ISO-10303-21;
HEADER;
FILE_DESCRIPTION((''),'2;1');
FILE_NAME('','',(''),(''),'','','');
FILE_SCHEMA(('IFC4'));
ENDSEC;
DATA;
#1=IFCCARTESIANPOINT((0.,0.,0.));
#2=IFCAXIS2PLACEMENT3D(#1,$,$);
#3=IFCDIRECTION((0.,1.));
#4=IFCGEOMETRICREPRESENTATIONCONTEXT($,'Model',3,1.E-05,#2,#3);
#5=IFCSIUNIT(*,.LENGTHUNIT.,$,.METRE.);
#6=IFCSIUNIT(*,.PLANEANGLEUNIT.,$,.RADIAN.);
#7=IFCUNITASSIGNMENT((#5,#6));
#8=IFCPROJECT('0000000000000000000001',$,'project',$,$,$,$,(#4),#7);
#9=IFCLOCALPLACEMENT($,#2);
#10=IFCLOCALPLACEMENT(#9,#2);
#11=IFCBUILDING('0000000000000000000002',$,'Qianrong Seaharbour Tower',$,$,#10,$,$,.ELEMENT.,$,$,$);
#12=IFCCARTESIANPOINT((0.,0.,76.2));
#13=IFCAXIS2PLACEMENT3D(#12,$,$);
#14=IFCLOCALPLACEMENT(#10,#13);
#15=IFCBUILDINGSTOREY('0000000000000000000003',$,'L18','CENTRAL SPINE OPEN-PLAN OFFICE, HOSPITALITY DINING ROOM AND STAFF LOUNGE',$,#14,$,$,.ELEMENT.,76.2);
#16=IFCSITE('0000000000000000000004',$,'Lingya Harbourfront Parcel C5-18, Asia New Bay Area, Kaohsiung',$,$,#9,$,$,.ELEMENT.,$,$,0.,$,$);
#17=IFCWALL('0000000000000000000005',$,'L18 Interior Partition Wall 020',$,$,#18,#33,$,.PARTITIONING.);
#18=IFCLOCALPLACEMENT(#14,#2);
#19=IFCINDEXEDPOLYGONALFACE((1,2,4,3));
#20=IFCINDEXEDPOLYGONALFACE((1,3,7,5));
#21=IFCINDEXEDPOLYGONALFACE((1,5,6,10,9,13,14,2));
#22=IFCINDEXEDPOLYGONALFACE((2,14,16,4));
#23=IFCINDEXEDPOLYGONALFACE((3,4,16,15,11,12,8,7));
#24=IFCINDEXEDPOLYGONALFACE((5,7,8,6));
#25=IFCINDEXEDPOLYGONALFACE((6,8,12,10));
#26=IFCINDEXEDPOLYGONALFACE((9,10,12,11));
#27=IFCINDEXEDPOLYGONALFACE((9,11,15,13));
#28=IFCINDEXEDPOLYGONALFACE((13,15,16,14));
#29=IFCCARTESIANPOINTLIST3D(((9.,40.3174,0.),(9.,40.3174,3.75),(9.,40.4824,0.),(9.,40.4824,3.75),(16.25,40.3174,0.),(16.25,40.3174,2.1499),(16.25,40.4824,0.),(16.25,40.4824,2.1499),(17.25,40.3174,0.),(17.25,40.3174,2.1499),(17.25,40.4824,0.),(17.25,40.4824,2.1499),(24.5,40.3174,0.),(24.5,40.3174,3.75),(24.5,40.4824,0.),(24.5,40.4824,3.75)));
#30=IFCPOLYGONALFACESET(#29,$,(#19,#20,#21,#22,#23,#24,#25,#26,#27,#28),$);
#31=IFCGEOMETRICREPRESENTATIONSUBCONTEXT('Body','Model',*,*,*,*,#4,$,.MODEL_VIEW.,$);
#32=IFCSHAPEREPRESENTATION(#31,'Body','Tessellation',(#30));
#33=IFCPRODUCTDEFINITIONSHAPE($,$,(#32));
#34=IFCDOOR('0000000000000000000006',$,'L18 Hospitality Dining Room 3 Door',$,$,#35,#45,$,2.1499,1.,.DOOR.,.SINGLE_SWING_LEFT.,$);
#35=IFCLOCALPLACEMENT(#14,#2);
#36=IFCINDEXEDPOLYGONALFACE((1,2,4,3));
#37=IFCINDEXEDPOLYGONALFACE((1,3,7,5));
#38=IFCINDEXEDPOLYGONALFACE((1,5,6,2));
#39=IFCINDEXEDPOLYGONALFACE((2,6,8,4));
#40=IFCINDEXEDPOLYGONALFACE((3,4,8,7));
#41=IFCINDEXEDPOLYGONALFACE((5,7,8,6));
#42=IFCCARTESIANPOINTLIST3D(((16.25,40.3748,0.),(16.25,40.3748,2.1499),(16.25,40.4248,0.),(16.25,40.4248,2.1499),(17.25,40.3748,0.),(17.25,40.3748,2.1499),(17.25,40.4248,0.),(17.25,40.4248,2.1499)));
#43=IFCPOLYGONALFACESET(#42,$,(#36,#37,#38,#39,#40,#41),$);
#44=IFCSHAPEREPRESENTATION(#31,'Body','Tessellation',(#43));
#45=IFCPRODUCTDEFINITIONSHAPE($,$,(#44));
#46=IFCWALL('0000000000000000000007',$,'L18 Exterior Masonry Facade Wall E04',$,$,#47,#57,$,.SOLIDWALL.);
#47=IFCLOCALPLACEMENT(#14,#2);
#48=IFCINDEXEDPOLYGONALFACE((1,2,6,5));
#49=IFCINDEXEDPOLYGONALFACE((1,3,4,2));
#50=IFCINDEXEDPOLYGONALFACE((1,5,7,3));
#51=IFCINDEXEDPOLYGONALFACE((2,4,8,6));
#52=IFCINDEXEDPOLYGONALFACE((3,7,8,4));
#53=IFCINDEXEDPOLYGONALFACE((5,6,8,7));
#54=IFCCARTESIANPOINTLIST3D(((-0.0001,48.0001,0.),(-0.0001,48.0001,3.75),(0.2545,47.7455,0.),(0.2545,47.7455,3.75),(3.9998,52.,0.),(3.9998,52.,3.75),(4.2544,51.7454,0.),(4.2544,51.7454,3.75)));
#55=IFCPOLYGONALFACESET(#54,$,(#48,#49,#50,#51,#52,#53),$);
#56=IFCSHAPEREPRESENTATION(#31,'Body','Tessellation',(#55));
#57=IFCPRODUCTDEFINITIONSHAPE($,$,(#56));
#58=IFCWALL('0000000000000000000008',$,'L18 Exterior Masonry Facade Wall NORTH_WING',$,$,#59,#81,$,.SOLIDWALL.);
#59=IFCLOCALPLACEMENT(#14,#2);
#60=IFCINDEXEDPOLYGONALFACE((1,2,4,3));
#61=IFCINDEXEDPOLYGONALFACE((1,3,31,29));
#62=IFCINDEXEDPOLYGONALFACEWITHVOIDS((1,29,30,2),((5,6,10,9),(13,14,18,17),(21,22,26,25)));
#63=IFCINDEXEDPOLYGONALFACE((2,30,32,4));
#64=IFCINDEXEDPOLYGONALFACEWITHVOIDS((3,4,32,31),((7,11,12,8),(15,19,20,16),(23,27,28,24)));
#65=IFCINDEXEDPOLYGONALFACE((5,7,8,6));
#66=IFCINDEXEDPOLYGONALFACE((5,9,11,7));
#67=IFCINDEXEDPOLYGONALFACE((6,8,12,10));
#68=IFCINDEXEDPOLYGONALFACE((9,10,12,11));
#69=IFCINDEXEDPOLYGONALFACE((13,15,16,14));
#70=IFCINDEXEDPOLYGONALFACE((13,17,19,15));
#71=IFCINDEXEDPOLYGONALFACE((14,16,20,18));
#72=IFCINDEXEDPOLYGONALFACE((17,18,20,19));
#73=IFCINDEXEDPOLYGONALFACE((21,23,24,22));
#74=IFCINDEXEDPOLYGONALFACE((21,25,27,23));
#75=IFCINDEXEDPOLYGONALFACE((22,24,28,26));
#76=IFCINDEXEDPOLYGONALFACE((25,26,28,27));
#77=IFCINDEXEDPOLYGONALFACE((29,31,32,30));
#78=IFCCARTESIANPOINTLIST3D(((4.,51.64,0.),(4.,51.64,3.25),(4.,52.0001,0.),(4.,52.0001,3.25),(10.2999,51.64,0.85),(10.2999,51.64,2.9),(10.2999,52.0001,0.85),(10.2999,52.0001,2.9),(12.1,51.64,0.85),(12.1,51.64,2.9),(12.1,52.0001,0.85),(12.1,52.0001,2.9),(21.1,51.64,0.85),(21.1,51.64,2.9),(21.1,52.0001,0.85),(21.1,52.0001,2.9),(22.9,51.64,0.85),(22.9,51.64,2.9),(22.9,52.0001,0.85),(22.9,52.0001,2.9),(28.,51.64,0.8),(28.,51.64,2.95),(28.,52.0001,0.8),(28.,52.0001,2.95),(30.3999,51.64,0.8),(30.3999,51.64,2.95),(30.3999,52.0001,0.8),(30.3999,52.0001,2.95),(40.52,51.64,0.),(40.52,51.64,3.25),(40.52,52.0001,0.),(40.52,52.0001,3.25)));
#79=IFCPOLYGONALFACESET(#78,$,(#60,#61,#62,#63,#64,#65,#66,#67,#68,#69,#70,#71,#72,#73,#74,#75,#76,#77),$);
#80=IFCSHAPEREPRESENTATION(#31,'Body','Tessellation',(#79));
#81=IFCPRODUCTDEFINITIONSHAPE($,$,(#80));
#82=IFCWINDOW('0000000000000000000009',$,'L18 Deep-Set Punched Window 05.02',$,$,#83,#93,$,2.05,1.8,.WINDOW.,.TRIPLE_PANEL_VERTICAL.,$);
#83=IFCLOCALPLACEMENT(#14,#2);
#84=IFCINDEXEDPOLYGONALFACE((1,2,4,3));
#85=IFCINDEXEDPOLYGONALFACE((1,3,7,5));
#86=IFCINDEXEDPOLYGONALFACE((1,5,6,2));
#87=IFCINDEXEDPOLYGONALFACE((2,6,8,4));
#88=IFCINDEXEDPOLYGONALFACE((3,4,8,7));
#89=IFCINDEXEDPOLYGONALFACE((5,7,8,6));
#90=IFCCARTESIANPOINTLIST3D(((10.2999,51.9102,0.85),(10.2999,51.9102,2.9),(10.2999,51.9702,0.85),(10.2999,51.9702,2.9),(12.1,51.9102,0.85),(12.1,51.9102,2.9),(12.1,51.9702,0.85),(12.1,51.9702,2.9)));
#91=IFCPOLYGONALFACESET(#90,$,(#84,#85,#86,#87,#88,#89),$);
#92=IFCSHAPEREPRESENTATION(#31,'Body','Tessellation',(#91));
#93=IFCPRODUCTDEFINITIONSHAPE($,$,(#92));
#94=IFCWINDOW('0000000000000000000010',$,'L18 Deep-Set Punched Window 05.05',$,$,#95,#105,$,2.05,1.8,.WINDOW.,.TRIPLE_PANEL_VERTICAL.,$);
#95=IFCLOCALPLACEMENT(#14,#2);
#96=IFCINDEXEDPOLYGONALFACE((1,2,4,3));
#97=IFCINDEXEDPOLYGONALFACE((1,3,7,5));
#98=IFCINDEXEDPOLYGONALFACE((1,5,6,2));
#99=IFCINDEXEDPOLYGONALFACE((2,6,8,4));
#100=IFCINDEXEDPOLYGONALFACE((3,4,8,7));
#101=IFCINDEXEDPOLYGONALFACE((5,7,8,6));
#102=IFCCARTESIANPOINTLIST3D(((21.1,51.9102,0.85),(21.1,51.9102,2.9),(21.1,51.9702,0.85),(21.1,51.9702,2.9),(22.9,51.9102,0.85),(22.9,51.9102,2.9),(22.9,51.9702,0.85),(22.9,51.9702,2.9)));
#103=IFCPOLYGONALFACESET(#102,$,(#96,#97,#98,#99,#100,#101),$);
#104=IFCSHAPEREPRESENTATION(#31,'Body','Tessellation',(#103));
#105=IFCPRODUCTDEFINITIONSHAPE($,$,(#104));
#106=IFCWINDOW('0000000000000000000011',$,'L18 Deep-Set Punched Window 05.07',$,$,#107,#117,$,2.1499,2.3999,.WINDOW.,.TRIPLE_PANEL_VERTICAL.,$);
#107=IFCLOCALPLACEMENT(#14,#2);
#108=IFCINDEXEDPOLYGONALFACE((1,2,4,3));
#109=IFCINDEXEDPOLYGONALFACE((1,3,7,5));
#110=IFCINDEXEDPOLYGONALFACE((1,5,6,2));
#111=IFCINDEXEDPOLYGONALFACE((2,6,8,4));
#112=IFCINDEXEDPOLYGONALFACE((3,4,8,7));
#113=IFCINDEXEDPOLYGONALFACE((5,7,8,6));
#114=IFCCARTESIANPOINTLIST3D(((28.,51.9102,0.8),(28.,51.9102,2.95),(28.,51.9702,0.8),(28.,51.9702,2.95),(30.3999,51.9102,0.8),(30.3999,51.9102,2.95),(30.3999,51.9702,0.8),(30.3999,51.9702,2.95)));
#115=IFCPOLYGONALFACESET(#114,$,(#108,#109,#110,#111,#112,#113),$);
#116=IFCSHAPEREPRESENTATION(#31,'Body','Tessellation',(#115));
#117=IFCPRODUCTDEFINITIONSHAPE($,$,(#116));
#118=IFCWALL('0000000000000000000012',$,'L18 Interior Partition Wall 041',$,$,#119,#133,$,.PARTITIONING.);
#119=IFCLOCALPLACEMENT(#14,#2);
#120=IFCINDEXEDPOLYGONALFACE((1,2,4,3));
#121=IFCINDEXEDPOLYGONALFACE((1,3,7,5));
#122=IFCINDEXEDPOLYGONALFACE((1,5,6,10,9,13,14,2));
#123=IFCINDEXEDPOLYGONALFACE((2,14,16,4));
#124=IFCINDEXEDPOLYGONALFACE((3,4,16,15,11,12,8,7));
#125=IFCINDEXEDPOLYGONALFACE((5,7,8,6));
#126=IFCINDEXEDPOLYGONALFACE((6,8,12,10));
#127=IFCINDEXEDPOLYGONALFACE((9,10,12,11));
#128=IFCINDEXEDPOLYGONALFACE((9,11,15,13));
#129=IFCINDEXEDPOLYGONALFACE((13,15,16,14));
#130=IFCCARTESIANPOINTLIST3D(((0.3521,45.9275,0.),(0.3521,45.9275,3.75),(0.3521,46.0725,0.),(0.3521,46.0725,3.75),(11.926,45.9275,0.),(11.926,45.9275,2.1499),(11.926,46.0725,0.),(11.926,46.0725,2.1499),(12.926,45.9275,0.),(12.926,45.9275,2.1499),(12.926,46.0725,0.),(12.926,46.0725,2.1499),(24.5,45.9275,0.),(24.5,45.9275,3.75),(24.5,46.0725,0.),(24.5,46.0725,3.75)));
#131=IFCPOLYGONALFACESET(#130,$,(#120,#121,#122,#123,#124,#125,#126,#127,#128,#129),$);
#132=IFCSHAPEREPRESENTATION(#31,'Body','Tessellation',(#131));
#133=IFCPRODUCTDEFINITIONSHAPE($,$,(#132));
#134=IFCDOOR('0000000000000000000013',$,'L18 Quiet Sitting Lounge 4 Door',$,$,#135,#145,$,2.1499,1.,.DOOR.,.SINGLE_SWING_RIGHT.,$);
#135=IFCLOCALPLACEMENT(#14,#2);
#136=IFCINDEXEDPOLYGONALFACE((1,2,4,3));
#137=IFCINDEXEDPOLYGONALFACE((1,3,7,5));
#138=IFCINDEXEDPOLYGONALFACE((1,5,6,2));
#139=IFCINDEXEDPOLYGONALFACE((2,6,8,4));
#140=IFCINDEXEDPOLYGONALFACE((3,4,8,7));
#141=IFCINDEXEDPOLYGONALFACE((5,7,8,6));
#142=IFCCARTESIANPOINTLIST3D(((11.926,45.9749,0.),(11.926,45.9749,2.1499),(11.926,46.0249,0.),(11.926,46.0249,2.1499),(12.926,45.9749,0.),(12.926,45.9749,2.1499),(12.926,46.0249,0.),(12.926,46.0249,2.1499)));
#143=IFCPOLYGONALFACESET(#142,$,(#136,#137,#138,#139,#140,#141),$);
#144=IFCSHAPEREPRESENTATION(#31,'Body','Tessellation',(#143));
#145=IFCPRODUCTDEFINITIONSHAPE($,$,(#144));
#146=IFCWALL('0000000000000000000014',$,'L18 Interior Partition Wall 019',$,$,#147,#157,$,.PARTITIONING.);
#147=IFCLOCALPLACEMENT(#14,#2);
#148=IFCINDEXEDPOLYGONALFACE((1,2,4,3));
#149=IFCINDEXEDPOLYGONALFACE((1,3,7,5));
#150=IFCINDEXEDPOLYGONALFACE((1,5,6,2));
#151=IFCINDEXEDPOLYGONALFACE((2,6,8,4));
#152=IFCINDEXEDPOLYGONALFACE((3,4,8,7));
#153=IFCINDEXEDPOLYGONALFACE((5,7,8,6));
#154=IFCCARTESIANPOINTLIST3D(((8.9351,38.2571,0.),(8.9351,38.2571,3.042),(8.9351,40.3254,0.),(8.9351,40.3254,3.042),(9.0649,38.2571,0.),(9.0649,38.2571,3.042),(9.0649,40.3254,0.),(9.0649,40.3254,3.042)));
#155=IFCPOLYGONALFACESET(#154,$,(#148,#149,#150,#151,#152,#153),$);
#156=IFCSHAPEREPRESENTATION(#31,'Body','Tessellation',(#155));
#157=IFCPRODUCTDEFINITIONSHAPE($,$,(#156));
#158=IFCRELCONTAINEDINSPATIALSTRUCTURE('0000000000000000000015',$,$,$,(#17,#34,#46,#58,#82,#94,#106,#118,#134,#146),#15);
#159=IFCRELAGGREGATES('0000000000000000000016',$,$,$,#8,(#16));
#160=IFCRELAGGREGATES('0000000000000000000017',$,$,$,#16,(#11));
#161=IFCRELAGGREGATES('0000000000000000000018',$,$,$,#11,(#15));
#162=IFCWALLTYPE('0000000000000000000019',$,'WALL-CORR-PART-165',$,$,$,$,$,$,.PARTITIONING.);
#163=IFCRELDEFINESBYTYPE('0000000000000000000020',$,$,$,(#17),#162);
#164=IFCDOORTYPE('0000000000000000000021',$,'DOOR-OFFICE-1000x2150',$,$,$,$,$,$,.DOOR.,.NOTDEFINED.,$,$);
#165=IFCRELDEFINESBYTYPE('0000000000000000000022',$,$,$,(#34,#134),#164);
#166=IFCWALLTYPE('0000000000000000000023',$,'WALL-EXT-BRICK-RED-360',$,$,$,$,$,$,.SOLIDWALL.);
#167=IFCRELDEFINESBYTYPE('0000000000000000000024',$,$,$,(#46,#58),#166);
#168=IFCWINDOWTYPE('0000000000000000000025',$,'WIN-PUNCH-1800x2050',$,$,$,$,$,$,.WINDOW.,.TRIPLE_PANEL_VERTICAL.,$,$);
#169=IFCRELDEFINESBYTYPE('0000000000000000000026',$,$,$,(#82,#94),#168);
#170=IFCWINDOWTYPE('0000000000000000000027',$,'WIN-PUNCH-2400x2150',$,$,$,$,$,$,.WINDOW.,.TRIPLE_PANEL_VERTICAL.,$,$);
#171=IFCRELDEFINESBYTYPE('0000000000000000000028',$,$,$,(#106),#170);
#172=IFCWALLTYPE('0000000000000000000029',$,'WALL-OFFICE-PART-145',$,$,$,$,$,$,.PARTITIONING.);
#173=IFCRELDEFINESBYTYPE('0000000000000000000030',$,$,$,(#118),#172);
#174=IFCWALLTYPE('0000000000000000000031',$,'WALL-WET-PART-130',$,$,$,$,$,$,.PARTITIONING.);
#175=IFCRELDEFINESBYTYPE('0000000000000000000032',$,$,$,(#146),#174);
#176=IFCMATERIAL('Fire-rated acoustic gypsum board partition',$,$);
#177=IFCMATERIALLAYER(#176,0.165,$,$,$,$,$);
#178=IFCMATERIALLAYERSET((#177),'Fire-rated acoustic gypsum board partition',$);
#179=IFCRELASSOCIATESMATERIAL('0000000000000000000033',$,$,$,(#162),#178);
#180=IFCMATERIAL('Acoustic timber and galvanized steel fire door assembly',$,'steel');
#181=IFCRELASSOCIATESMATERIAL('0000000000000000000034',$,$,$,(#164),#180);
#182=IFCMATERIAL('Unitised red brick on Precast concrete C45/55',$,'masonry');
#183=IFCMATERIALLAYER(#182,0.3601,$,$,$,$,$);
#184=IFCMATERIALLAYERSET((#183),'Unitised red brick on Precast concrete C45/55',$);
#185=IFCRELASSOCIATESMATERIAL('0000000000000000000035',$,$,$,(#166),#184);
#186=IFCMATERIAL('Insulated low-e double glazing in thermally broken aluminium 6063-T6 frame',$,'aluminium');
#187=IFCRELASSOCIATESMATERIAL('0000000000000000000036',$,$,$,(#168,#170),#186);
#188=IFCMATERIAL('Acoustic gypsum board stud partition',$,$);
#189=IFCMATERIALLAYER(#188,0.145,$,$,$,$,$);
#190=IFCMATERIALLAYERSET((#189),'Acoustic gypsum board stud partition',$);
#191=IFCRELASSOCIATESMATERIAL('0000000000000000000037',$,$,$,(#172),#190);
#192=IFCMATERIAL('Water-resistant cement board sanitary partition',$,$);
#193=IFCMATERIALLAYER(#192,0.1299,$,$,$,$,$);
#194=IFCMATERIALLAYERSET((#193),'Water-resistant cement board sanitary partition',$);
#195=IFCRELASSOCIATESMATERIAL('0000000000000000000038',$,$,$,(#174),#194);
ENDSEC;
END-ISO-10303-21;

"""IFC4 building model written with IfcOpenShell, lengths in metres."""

from ifc_helpers import new_model, si_unit, direction, frame, frame_2d, origin, place, context, subcontext, project, spatial, rectangle, extrude, material, layer, layer_set, type_object, element, fill, save


model = new_model("IFC4")

# Units and contexts
model_context = context("Model", 3, precision=1e-05, world=origin(), true_north=direction((0.0, 1.0)))
body_context = subcontext(model_context, "Body", "Model", "MODEL_VIEW")
ifc_project = project(units=[si_unit("LENGTHUNIT", "METRE"), si_unit("PLANEANGLEUNIT", "RADIAN")], contexts=[model_context])

# Site, building, storey
site_placement = place(None, origin())
site = spatial("IfcSite", under=ifc_project, at=site_placement, Name="Lingya Harbourfront Parcel C5-18, Asia New Bay Area, Kaohsiung", CompositionType="ELEMENT", RefElevation=0.0)
building_placement = place(site_placement, origin())
building = spatial("IfcBuilding", under=site, at=building_placement, Name="Qianrong Seaharbour Tower", CompositionType="ELEMENT")
storey_placement = place(building_placement, frame((0.0, 0.0, 76.2)))
storey = spatial("IfcBuildingStorey", under=building, at=storey_placement, Name="L18", Description="CENTRAL SPINE OPEN-PLAN OFFICE, HOSPITALITY DINING ROOM AND STAFF LOUNGE", CompositionType="ELEMENT", Elevation=76.2)

# Wall, opening, door
ifc_material_1 = material(Name="Fire-rated acoustic gypsum board partition")
ifc_layer_1 = layer(ifc_material_1, 0.165)
ifc_layer_set_1 = layer_set([ifc_layer_1], Name="Fire-rated acoustic gypsum board partition")
wall_type_1 = type_object("IfcWallType", Name="WALL-CORR-PART-165", PredefinedType="PARTITIONING", material=ifc_layer_set_1)
wall_1_placement = place(storey_placement, frame((9.0, 40.3999, 0.0), z_axis=(0.0, 0.0, 1.0), x_axis=(1.0, 0.0, 0.0)))
wall_1 = element("IfcWall", 1, at=wall_1_placement, inside=storey, type_object=wall_type_1, Name="L18 Interior Partition Wall 020", PredefinedType="PARTITIONING", context=body_context, shape_type="SweptSolid", body=[
    extrude(rectangle(XDim=15.5, YDim=0.165, at=frame_2d((7.75, 0.0))), origin(), (0.0, 0.0, 1.0), 3.75),
])
opening_1_placement = place(wall_1_placement, frame((7.25, 0.0, 0.0)))
opening_1 = element("IfcOpeningElement", 2, at=opening_1_placement, cuts=wall_1, PredefinedType="OPENING", context=body_context, shape_type="SweptSolid", body=[
    extrude(rectangle(XDim=1.0, YDim=2.1499, at=frame_2d((0.5, 1.075))), frame((0.0, 0.0925, 0.0), z_axis=(0.0, -1.0, 0.0), x_axis=(1.0, 0.0, 0.0)), (0.0, 0.0, 1.0), 0.1851),
])
ifc_material_2 = material(Name="Acoustic timber and galvanized steel fire door assembly", Category="steel")
door_type = type_object("IfcDoorType", Name="DOOR-OFFICE-1000x2150", OperationType="NOTDEFINED", PredefinedType="DOOR", material=ifc_material_2)
door_1_placement = place(opening_1_placement, origin())
door_1 = element("IfcDoor", 3, at=door_1_placement, inside=storey, type_object=door_type, Name="L18 Hospitality Dining Room 3 Door", OperationType="SINGLE_SWING_LEFT", OverallHeight=2.1499, OverallWidth=1.0, PredefinedType="DOOR", context=body_context, shape_type="SweptSolid", body=[
    extrude(rectangle(XDim=1.0, YDim=2.1499, at=frame_2d((0.5, 1.075))), frame((0.0, 0.0249, 0.0), z_axis=(0.0, -1.0, 0.0), x_axis=(1.0, 0.0, 0.0)), (0.0, 0.0, 1.0), 0.05),
])
fill(opening_1, door_1)

# Wall
ifc_material_3 = material(Name="Unitised red brick on Precast concrete C45/55", Category="masonry")
ifc_layer_2 = layer(ifc_material_3, 0.3601)
ifc_layer_set_2 = layer_set([ifc_layer_2], Name="Unitised red brick on Precast concrete C45/55")
wall_type_2 = type_object("IfcWallType", Name="WALL-EXT-BRICK-RED-360", PredefinedType="SOLIDWALL", material=ifc_layer_set_2)
wall_2_placement = place(storey_placement, frame((0.1272, 47.8728, 0.0), z_axis=(0.0, 0.0, 1.0), x_axis=(0.707107, 0.707107, 0.0)))
element("IfcWall", 4, at=wall_2_placement, inside=storey, type_object=wall_type_2, Name="L18 Exterior Masonry Facade Wall E04", PredefinedType="SOLIDWALL", context=body_context, shape_type="SweptSolid", body=[
    extrude(rectangle(XDim=5.6567, YDim=0.3601, at=frame_2d((2.8284, 0.0))), origin(), (0.0, 0.0, 1.0), 3.75),
])

# Wall, openings, windows
wall_3_placement = place(storey_placement, frame((4.0, 51.8201, 0.0), z_axis=(0.0, 0.0, 1.0), x_axis=(1.0, 0.0, 0.0)))
wall_3 = element("IfcWall", 5, at=wall_3_placement, inside=storey, type_object=wall_type_2, Name="L18 Exterior Masonry Facade Wall NORTH_WING", PredefinedType="SOLIDWALL", context=body_context, shape_type="SweptSolid", body=[
    extrude(rectangle(XDim=36.52, YDim=0.3601, at=frame_2d((18.26, 0.0))), origin(), (0.0, 0.0, 1.0), 3.25),
])
opening_2_placement = place(wall_3_placement, frame((6.3, 0.0, 0.8501)))
opening_2 = element("IfcOpeningElement", 6, at=opening_2_placement, cuts=wall_3, PredefinedType="OPENING", context=body_context, shape_type="SweptSolid", body=[
    extrude(rectangle(XDim=1.8, YDim=2.05, at=frame_2d((0.8999, 1.0249))), frame((0.0, 0.1899, 0.0), z_axis=(0.0, -1.0, 0.0), x_axis=(1.0, 0.0, 0.0)), (0.0, 0.0, 1.0), 0.3801),
])
opening_3_placement = place(wall_3_placement, frame((17.1001, 0.0, 0.8501)))
opening_3 = element("IfcOpeningElement", 7, at=opening_3_placement, cuts=wall_3, PredefinedType="OPENING", context=body_context, shape_type="SweptSolid", body=[
    extrude(rectangle(XDim=1.8, YDim=2.05, at=frame_2d((0.8999, 1.0249))), frame((0.0, 0.1899, 0.0), z_axis=(0.0, -1.0, 0.0), x_axis=(1.0, 0.0, 0.0)), (0.0, 0.0, 1.0), 0.3801),
])
opening_4_placement = place(wall_3_placement, frame((24.0, 0.0, 0.8)))
opening_4 = element("IfcOpeningElement", 8, at=opening_4_placement, cuts=wall_3, PredefinedType="OPENING", context=body_context, shape_type="SweptSolid", body=[
    extrude(rectangle(XDim=2.3999, YDim=2.1499, at=frame_2d((1.2, 1.075))), frame((0.0, 0.1899, 0.0), z_axis=(0.0, -1.0, 0.0), x_axis=(1.0, 0.0, 0.0)), (0.0, 0.0, 1.0), 0.3801),
])
ifc_material_4 = material(Name="Insulated low-e double glazing in thermally broken aluminium 6063-T6 frame", Category="aluminium")
window_type_1 = type_object("IfcWindowType", Name="WIN-PUNCH-1800x2050", PartitioningType="TRIPLE_PANEL_VERTICAL", PredefinedType="WINDOW", material=ifc_material_4)
window_1_placement = place(opening_2_placement, origin())
window_1 = element("IfcWindow", 9, at=window_1_placement, inside=storey, type_object=window_type_1, Name="L18 Deep-Set Punched Window 05.02", OverallHeight=2.05, OverallWidth=1.8, PartitioningType="TRIPLE_PANEL_VERTICAL", PredefinedType="WINDOW", context=body_context, shape_type="SweptSolid", body=[
    extrude(rectangle(XDim=1.8, YDim=2.05, at=frame_2d((0.8999, 1.0249))), frame((0.0, 0.1501, 0.0), z_axis=(0.0, -1.0, 0.0), x_axis=(1.0, 0.0, 0.0)), (0.0, 0.0, 1.0), 0.0601),
])
fill(opening_2, window_1)
window_2_placement = place(opening_3_placement, origin())
window_2 = element("IfcWindow", 10, at=window_2_placement, inside=storey, type_object=window_type_1, Name="L18 Deep-Set Punched Window 05.05", OverallHeight=2.05, OverallWidth=1.8, PartitioningType="TRIPLE_PANEL_VERTICAL", PredefinedType="WINDOW", context=body_context, shape_type="SweptSolid", body=[
    extrude(rectangle(XDim=1.8, YDim=2.05, at=frame_2d((0.8999, 1.0249))), frame((0.0, 0.1501, 0.0), z_axis=(0.0, -1.0, 0.0), x_axis=(1.0, 0.0, 0.0)), (0.0, 0.0, 1.0), 0.0601),
])
fill(opening_3, window_2)
window_type_2 = type_object("IfcWindowType", Name="WIN-PUNCH-2400x2150", PartitioningType="TRIPLE_PANEL_VERTICAL", PredefinedType="WINDOW", material=ifc_material_4)
window_3_placement = place(opening_4_placement, origin())
window_3 = element("IfcWindow", 11, at=window_3_placement, inside=storey, type_object=window_type_2, Name="L18 Deep-Set Punched Window 05.07", OverallHeight=2.1499, OverallWidth=2.3999, PartitioningType="TRIPLE_PANEL_VERTICAL", PredefinedType="WINDOW", context=body_context, shape_type="SweptSolid", body=[
    extrude(rectangle(XDim=2.3999, YDim=2.1499, at=frame_2d((1.2, 1.075))), frame((0.0, 0.1501, 0.0), z_axis=(0.0, -1.0, 0.0), x_axis=(1.0, 0.0, 0.0)), (0.0, 0.0, 1.0), 0.0601),
])
fill(opening_4, window_3)

# Wall, opening, door
ifc_material_5 = material(Name="Acoustic gypsum board stud partition")
ifc_layer_3 = layer(ifc_material_5, 0.145)
ifc_layer_set_3 = layer_set([ifc_layer_3], Name="Acoustic gypsum board stud partition")
wall_type_3 = type_object("IfcWallType", Name="WALL-OFFICE-PART-145", PredefinedType="PARTITIONING", material=ifc_layer_set_3)
wall_4_placement = place(storey_placement, frame((0.3521, 46.0, 0.0), z_axis=(0.0, 0.0, 1.0), x_axis=(1.0, 0.0, 0.0)))
wall_4 = element("IfcWall", 12, at=wall_4_placement, inside=storey, type_object=wall_type_3, Name="L18 Interior Partition Wall 041", PredefinedType="PARTITIONING", context=body_context, shape_type="SweptSolid", body=[
    extrude(rectangle(XDim=24.1479, YDim=0.145, at=frame_2d((12.074, 0.0))), origin(), (0.0, 0.0, 1.0), 3.75),
])
opening_5_placement = place(wall_4_placement, frame((11.574, 0.0, 0.0)))
opening_5 = element("IfcOpeningElement", 13, at=opening_5_placement, cuts=wall_4, PredefinedType="OPENING", context=body_context, shape_type="SweptSolid", body=[
    extrude(rectangle(XDim=1.0, YDim=2.1499, at=frame_2d((0.5, 1.075))), frame((0.0, 0.0825, 0.0), z_axis=(0.0, -1.0, 0.0), x_axis=(1.0, 0.0, 0.0)), (0.0, 0.0, 1.0), 0.165),
])
door_2_placement = place(opening_5_placement, origin())
door_2 = element("IfcDoor", 14, at=door_2_placement, inside=storey, type_object=door_type, Name="L18 Quiet Sitting Lounge 4 Door", OperationType="SINGLE_SWING_RIGHT", OverallHeight=2.1499, OverallWidth=1.0, PredefinedType="DOOR", context=body_context, shape_type="SweptSolid", body=[
    extrude(rectangle(XDim=1.0, YDim=2.1499, at=frame_2d((0.5, 1.075))), frame((0.0, 0.0249, 0.0), z_axis=(0.0, -1.0, 0.0), x_axis=(1.0, 0.0, 0.0)), (0.0, 0.0, 1.0), 0.05),
])
fill(opening_5, door_2)

# Wall
ifc_material_6 = material(Name="Water-resistant cement board sanitary partition")
ifc_layer_4 = layer(ifc_material_6, 0.1299)
ifc_layer_set_4 = layer_set([ifc_layer_4], Name="Water-resistant cement board sanitary partition")
wall_type_4 = type_object("IfcWallType", Name="WALL-WET-PART-130", PredefinedType="PARTITIONING", material=ifc_layer_set_4)
wall_5_placement = place(storey_placement, frame((9.0, 38.2571, 0.0), z_axis=(0.0, 0.0, 1.0), x_axis=(0.0, 1.0, 0.0)))
element("IfcWall", 15, at=wall_5_placement, inside=storey, type_object=wall_type_4, Name="L18 Interior Partition Wall 019", PredefinedType="PARTITIONING", context=body_context, shape_type="SweptSolid", body=[
    extrude(rectangle(XDim=2.0684, YDim=0.1299, at=frame_2d((1.0342, 0.0))), origin(), (0.0, 0.0, 1.0), 3.042),
])

save(model, "model.ifc")
